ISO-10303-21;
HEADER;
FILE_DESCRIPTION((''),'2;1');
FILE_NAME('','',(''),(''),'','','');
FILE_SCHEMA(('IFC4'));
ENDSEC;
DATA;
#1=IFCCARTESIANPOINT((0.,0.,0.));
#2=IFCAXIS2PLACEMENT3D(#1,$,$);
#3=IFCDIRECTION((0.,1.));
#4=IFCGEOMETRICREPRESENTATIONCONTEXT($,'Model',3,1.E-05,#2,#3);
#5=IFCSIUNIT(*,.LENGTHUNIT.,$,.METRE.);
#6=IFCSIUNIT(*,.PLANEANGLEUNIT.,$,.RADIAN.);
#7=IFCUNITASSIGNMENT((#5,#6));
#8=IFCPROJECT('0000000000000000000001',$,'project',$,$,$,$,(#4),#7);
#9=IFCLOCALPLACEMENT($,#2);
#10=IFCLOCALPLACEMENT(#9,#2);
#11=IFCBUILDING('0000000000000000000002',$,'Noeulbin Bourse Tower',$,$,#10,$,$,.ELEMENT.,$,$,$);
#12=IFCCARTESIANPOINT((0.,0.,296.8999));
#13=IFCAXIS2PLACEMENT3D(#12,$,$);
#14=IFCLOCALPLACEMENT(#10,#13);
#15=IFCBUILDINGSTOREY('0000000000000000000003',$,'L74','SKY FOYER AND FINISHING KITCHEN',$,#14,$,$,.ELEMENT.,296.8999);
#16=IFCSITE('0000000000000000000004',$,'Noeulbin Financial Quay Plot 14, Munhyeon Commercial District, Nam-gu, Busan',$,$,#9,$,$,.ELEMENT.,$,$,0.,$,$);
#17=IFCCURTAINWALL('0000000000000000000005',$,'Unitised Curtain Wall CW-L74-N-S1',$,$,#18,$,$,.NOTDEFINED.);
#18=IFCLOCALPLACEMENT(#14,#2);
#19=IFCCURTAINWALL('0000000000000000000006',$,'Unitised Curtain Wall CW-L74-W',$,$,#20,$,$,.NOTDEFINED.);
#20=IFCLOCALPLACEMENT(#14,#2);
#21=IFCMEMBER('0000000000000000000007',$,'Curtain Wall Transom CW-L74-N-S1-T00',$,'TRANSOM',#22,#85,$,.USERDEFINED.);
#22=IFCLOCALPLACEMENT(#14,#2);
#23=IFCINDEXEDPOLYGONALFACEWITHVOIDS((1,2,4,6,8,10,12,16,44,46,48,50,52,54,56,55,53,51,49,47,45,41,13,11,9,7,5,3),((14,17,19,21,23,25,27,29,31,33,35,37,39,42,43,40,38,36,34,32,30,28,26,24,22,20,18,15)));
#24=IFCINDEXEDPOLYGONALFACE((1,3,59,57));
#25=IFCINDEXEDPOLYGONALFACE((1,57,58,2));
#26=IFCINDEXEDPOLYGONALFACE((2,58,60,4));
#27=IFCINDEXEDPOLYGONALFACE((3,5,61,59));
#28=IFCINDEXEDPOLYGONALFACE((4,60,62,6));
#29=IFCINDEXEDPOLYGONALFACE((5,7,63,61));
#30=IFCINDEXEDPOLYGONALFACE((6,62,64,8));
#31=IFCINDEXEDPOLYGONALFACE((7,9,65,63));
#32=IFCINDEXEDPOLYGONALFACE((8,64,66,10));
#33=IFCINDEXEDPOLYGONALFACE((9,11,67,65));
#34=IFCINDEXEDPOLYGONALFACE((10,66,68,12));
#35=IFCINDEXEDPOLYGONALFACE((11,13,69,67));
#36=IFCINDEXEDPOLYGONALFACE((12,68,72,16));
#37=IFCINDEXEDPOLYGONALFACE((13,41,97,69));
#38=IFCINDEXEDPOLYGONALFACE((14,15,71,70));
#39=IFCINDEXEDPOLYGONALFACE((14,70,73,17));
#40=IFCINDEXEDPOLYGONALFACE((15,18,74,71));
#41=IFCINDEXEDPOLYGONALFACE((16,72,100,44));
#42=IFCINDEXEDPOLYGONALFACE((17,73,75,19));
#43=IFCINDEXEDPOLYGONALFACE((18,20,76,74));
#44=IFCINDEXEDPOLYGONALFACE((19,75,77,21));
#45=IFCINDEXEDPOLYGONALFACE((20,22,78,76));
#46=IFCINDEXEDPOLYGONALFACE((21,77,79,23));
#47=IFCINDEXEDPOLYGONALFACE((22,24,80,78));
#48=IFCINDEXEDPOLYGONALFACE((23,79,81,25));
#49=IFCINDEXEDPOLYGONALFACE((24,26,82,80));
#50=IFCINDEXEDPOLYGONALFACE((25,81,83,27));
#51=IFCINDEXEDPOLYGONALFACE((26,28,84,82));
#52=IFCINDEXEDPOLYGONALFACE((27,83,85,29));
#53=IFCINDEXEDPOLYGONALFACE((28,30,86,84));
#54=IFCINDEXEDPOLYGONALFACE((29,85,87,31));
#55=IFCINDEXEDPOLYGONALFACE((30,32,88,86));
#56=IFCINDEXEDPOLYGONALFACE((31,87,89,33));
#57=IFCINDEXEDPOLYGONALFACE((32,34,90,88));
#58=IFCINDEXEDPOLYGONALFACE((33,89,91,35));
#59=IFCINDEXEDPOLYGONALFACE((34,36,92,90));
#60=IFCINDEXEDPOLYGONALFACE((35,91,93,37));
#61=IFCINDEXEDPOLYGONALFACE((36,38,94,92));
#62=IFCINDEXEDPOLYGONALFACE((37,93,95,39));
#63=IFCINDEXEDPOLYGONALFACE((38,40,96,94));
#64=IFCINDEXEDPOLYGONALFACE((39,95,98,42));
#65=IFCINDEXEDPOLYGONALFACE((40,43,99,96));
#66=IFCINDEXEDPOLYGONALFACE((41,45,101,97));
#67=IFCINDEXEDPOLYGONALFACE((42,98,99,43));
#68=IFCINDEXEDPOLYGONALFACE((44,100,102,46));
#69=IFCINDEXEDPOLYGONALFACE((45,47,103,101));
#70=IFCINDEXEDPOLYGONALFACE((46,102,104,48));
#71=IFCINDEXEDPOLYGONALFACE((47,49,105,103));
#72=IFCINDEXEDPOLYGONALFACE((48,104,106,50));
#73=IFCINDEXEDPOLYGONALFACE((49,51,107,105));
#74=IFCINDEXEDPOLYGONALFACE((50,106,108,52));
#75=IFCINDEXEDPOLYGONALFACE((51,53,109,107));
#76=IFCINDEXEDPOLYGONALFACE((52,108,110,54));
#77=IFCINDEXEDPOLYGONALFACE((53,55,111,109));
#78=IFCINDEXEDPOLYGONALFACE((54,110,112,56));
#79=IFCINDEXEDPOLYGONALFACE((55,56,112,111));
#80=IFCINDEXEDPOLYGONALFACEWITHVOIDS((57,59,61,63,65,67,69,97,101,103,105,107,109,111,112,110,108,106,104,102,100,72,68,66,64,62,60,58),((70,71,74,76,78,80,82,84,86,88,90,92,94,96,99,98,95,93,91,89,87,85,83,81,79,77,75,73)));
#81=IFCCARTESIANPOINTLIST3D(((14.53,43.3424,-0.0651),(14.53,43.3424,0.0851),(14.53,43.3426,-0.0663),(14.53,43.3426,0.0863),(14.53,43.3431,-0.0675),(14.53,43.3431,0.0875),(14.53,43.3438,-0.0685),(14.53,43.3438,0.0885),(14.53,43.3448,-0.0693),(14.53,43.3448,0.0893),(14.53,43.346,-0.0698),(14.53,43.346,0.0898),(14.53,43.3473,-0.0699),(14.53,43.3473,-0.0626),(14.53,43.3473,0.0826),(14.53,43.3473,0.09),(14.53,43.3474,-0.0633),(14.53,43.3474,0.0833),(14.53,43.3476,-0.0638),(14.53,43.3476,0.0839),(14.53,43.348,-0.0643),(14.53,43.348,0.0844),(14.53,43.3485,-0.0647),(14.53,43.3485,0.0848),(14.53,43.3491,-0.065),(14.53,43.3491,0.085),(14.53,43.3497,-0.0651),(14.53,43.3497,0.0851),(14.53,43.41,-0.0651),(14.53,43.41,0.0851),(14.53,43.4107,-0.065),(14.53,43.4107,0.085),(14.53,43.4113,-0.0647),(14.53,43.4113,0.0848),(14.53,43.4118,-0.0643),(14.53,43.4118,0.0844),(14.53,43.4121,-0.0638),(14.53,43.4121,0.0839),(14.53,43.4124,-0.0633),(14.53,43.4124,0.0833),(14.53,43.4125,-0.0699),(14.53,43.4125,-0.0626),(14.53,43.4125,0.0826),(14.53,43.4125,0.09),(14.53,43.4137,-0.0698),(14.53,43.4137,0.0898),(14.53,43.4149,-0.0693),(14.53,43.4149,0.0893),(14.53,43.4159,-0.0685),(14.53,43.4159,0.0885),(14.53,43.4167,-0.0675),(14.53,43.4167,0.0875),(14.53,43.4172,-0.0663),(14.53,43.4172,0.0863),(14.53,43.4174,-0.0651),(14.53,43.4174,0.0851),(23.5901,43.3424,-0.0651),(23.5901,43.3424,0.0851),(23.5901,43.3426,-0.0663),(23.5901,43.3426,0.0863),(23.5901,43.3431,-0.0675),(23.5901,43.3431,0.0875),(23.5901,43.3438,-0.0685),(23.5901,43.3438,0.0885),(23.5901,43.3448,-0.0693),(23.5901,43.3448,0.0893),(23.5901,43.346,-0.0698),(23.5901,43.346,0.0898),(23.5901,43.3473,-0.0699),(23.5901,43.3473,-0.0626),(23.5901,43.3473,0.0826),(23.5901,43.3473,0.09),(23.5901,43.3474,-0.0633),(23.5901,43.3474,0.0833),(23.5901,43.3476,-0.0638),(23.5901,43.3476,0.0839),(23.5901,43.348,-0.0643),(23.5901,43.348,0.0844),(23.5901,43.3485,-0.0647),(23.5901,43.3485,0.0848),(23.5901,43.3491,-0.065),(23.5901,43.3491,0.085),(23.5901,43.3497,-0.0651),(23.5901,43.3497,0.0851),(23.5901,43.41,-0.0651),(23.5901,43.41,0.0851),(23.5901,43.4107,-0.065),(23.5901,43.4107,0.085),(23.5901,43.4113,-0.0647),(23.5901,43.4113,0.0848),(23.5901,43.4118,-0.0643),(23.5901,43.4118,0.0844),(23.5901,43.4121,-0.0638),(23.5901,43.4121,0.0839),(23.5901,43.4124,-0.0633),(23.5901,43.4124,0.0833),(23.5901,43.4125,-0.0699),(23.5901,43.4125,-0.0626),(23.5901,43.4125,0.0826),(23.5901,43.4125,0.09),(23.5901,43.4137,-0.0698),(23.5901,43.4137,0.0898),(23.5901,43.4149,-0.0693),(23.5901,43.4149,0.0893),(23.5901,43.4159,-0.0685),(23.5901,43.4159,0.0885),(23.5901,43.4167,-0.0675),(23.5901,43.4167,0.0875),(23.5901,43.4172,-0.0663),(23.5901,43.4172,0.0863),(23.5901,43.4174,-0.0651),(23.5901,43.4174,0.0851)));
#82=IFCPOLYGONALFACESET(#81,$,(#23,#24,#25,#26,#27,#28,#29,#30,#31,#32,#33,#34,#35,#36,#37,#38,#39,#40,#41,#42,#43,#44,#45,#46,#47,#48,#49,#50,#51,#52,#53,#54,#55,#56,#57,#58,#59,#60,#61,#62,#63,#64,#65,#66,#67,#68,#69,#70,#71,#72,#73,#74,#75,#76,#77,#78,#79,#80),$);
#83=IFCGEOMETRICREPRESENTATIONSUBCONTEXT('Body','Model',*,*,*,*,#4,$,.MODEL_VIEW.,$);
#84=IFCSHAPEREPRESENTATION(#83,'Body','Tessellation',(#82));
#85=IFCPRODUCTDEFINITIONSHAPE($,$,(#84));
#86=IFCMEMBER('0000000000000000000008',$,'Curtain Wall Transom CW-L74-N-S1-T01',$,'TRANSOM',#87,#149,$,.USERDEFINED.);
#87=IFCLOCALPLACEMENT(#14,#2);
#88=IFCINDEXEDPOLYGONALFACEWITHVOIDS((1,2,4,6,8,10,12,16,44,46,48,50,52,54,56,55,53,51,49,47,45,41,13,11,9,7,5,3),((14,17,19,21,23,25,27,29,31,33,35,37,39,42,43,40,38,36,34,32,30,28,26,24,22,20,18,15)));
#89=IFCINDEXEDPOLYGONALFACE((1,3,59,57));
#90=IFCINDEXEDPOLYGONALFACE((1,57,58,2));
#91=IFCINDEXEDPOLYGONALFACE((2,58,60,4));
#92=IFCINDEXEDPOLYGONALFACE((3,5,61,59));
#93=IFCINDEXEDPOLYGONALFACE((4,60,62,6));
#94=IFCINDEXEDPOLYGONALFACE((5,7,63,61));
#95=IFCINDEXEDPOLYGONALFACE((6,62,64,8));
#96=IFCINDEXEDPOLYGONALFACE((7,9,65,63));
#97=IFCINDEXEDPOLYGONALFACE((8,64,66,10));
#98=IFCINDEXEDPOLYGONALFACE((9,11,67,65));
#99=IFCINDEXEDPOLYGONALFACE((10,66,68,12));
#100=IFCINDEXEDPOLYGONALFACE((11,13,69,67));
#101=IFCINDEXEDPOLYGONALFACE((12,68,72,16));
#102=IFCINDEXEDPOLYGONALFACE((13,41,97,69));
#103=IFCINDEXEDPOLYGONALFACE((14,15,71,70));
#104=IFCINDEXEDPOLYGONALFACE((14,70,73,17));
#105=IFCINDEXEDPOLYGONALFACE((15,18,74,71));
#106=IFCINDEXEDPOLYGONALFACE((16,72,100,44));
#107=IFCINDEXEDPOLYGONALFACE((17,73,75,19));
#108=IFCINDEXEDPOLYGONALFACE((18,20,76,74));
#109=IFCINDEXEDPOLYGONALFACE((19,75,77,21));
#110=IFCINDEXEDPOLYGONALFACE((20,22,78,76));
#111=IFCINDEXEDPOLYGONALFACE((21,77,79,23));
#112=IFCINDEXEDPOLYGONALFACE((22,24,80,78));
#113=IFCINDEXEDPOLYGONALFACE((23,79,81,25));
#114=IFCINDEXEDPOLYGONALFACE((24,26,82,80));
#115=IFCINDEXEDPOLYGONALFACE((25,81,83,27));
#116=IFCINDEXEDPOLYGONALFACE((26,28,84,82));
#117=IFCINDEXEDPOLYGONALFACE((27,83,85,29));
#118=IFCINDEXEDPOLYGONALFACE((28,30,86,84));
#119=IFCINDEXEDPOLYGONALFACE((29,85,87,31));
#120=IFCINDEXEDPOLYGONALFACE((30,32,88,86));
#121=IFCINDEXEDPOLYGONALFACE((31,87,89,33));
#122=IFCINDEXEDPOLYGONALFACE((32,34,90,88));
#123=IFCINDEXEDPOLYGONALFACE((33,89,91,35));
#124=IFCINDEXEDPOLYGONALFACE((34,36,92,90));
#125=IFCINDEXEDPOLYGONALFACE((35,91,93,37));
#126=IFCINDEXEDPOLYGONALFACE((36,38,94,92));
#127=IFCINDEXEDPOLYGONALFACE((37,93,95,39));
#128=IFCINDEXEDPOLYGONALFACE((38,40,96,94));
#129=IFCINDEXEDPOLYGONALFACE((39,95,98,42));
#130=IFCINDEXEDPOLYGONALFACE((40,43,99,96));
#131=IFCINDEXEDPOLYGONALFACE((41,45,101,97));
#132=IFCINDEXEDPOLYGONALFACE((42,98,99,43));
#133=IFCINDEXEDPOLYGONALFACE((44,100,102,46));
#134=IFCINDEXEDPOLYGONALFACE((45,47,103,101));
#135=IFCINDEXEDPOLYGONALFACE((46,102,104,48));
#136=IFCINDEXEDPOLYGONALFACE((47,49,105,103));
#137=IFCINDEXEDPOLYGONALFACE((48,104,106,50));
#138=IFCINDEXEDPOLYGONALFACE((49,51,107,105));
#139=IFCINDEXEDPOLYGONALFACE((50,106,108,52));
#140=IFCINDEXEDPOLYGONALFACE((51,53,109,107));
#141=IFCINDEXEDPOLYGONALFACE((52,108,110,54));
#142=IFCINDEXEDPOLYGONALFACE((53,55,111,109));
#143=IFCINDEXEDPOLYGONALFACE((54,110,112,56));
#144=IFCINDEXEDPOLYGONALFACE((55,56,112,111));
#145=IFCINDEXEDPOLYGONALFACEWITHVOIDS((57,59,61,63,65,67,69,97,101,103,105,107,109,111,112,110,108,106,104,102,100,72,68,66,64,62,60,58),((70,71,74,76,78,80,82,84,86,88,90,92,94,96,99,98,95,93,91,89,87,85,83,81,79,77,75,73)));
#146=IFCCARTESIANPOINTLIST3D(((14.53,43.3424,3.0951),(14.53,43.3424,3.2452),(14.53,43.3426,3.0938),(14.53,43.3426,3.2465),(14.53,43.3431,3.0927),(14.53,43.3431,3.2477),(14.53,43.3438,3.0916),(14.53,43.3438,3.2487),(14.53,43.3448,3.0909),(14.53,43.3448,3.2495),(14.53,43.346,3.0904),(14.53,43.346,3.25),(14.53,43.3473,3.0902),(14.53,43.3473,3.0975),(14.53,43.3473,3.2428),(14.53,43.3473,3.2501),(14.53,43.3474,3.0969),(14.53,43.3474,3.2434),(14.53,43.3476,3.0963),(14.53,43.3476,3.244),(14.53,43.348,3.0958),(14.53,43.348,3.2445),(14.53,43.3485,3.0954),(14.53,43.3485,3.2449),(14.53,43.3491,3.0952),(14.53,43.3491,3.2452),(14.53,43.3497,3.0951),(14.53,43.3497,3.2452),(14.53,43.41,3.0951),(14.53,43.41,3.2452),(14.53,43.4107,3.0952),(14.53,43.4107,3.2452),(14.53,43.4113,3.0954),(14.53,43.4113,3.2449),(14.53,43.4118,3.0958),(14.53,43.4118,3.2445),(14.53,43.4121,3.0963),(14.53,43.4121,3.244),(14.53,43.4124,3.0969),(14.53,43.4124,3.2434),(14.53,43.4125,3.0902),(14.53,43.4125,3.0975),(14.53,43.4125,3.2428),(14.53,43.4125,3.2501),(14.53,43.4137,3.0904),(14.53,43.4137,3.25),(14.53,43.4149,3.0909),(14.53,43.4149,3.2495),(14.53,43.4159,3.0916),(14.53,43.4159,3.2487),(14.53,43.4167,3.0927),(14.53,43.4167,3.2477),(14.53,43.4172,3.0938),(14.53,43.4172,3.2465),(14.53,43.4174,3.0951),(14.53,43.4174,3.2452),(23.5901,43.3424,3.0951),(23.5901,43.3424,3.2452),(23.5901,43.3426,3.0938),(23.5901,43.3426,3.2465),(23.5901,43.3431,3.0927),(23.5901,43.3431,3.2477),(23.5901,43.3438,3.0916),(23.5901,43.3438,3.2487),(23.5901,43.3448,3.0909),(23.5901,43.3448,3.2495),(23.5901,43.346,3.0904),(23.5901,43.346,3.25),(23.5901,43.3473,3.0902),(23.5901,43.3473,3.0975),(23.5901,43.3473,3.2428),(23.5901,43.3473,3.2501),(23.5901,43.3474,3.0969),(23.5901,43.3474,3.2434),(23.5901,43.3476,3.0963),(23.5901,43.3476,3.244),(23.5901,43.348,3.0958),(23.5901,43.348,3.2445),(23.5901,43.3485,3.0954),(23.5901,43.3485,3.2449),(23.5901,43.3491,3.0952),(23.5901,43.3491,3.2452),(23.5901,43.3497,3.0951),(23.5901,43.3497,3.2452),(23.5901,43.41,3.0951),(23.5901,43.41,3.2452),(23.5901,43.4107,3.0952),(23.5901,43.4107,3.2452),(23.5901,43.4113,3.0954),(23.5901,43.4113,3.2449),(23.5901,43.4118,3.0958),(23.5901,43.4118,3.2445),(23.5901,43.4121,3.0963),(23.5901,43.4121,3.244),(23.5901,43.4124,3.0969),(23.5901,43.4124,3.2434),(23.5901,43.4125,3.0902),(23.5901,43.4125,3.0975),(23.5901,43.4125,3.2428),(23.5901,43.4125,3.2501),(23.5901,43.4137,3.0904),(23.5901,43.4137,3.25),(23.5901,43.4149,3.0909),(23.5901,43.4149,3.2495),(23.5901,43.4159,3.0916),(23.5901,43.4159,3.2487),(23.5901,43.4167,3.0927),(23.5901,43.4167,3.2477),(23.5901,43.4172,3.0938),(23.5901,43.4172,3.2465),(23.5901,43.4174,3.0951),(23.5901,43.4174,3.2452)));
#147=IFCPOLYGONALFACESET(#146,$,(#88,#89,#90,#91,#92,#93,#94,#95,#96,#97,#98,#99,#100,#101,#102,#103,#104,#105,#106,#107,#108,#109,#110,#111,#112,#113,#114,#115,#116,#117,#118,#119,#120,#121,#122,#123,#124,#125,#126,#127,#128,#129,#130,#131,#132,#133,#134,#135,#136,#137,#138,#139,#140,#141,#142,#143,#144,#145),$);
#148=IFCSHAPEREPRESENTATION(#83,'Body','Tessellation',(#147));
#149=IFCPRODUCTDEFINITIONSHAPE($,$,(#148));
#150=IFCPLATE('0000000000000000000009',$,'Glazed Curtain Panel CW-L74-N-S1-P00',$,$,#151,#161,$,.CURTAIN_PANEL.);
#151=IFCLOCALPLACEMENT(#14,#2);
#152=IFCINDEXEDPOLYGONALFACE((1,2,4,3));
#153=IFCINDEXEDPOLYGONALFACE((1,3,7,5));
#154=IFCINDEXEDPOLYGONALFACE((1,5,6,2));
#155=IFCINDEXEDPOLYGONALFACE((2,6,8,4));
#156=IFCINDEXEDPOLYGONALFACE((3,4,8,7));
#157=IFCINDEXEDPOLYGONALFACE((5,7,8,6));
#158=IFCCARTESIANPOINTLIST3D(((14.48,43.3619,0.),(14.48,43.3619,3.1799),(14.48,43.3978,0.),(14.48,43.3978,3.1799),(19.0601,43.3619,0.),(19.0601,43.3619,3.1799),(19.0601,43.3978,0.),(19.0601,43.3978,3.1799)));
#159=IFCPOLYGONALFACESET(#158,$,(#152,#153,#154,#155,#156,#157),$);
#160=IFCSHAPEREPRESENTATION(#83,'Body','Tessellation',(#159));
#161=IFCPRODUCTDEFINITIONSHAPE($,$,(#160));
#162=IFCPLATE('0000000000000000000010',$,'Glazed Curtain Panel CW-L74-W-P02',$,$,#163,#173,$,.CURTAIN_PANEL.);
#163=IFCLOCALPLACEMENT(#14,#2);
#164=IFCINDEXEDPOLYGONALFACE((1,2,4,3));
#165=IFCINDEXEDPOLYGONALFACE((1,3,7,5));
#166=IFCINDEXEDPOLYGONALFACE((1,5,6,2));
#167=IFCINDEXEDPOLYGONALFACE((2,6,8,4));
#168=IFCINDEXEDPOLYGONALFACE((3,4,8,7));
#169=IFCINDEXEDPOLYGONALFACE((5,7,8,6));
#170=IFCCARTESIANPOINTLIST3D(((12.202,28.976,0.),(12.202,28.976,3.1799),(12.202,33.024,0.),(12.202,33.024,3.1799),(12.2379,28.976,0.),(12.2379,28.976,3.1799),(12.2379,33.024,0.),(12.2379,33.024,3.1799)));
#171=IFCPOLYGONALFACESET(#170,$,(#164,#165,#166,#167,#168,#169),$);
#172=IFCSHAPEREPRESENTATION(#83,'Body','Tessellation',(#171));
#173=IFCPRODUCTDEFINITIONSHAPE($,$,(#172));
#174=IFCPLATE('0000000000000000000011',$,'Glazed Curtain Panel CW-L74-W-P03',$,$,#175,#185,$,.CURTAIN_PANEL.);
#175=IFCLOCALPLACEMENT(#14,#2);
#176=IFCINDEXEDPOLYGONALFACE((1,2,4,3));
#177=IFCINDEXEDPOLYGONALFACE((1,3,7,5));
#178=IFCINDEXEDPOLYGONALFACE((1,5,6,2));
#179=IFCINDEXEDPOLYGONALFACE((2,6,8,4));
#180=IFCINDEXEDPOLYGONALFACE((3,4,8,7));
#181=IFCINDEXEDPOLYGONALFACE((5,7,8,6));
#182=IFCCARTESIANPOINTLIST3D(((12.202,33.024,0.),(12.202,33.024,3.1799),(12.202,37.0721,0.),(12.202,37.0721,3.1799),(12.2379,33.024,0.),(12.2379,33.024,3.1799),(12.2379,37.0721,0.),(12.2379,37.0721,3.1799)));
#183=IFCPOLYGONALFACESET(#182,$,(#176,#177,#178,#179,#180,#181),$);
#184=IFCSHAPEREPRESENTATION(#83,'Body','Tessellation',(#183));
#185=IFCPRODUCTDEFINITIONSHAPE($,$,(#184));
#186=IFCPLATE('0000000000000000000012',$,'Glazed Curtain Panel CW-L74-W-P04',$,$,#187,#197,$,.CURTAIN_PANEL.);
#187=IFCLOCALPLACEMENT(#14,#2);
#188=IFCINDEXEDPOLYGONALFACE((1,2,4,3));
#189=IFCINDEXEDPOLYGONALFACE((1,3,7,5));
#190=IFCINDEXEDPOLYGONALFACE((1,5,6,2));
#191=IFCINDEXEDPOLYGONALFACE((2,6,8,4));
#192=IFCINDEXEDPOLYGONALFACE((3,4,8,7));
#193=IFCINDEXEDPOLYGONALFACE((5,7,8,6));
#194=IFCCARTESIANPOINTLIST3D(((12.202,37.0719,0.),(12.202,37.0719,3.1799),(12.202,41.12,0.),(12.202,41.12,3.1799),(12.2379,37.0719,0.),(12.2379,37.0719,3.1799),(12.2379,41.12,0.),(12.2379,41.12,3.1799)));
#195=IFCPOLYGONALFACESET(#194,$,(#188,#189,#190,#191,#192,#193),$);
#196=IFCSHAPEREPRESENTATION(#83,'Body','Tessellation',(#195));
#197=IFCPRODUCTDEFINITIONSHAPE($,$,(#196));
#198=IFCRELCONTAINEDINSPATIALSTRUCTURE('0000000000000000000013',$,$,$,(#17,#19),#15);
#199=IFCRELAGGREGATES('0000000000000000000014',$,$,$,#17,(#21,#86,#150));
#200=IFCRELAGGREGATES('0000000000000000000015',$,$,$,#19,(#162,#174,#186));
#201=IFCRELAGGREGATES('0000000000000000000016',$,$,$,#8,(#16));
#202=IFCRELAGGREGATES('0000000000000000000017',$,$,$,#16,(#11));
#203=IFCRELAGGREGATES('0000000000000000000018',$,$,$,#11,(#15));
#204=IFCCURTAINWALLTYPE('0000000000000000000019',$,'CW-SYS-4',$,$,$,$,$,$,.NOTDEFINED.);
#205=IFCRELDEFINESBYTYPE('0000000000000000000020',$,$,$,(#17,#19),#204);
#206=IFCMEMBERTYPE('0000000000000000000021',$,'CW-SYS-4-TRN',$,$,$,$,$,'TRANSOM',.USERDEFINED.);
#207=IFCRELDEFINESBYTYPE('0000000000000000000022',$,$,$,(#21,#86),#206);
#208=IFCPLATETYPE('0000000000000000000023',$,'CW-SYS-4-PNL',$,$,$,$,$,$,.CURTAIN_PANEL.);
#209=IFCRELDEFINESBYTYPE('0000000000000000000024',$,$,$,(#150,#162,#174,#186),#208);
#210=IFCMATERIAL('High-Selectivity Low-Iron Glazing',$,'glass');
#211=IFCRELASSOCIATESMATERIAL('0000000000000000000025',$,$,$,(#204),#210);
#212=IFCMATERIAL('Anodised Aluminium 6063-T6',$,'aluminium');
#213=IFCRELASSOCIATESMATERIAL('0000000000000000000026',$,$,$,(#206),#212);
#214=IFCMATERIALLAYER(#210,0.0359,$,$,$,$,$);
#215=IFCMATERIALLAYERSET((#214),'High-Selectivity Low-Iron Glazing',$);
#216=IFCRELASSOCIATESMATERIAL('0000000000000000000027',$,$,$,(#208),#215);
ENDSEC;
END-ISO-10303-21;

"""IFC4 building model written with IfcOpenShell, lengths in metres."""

from ifc_helpers import new_model, si_unit, direction, frame, origin, origin_2d, place, context, subcontext, project, spatial, rectangle, hollow_rectangle, extrude, material, layer, layer_set, material_profile, profile_set, type_object, element, aggregate, save


model = new_model("IFC4")

# Units and contexts
model_context = context("Model", 3, precision=1e-05, world=origin(), true_north=direction((0.0, 1.0)))
body_context = subcontext(model_context, "Body", "Model", "MODEL_VIEW")
ifc_project = project(units=[si_unit("LENGTHUNIT", "METRE"), si_unit("PLANEANGLEUNIT", "RADIAN")], contexts=[model_context])

# Site, building, storey
site_placement = place(None, origin())
site = spatial("IfcSite", under=ifc_project, at=site_placement, Name="Noeulbin Financial Quay Plot 14, Munhyeon Commercial District, Nam-gu, Busan", CompositionType="ELEMENT", RefElevation=0.0)
building_placement = place(site_placement, origin())
building = spatial("IfcBuilding", under=site, at=building_placement, Name="Noeulbin Bourse Tower", CompositionType="ELEMENT")
storey_placement = place(building_placement, frame((0.0, 0.0, 296.8999)))
storey = spatial("IfcBuildingStorey", under=building, at=storey_placement, Name="L74", Description="SKY FOYER AND FINISHING KITCHEN", CompositionType="ELEMENT", Elevation=296.8999)

# Curtain wall
ifc_material_1 = material(Name="High-Selectivity Low-Iron Glazing", Category="glass")
curtain_wall_type = type_object("IfcCurtainWallType", Name="CW-SYS-4", PredefinedType="NOTDEFINED", material=ifc_material_1)
curtain_wall_1_placement = place(storey_placement, origin())
curtain_wall_1 = element("IfcCurtainWall", 1, at=curtain_wall_1_placement, inside=storey, type_object=curtain_wall_type, Name="Unitised Curtain Wall CW-L74-N-S1", PredefinedType="NOTDEFINED")
ifc_material_2 = material(Name="Anodised Aluminium 6063-T6", Category="aluminium")

# Curtain wall
curtain_wall_2_placement = place(storey_placement, origin())
curtain_wall_2 = element("IfcCurtainWall", 2, at=curtain_wall_2_placement, inside=storey, type_object=curtain_wall_type, Name="Unitised Curtain Wall CW-L74-W", PredefinedType="NOTDEFINED")

# Members
ifc_material_profile_1 = material_profile(ifc_material_2, hollow_rectangle(XDim=0.075, YDim=0.1599, WallThickness=0.0049, InnerFilletRadius=0.0024, OuterFilletRadius=0.0049, at=origin_2d()), Name="ALU-TRAN-75x160x5", Category="LoadBearing")
ifc_profile_set_1 = profile_set([ifc_material_profile_1], Name="Anodised Aluminium 6063-T6")
member_type_1 = type_object("IfcMemberType", Name="CW-SYS-4-TRN", ElementType="TRANSOM", PredefinedType="USERDEFINED", material=ifc_profile_set_1)
member_1_placement = place(storey_placement, frame((14.53, 43.3799, 0.01), z_axis=(1.0, 0.0, 0.0), x_axis=(0.0, 1.0, 0.0)))
member_1 = element("IfcMember", 3, at=member_1_placement, type_object=member_type_1, Name="Curtain Wall Transom CW-L74-N-S1-T00", ObjectType="TRANSOM", PredefinedType="USERDEFINED", context=body_context, shape_type="SweptSolid", body=[
    extrude(hollow_rectangle(XDim=0.075, YDim=0.1599, WallThickness=0.0049, InnerFilletRadius=0.0024, OuterFilletRadius=0.0049, at=origin_2d()), origin(), (0.0, 0.0, 1.0), 9.0601),
])
member_2_placement = place(storey_placement, frame((14.53, 43.3799, 3.1702), z_axis=(1.0, 0.0, 0.0), x_axis=(0.0, 1.0, 0.0)))
member_2 = element("IfcMember", 4, at=member_2_placement, type_object=member_type_1, Name="Curtain Wall Transom CW-L74-N-S1-T01", ObjectType="TRANSOM", PredefinedType="USERDEFINED", context=body_context, shape_type="SweptSolid", body=[
    extrude(hollow_rectangle(XDim=0.075, YDim=0.1599, WallThickness=0.0049, InnerFilletRadius=0.0024, OuterFilletRadius=0.0049, at=origin_2d()), origin(), (0.0, 0.0, 1.0), 9.0601),
])

# Plates
ifc_layer_1 = layer(ifc_material_1, 0.0359)
ifc_layer_set_1 = layer_set([ifc_layer_1], Name="High-Selectivity Low-Iron Glazing")
plate_type_1 = type_object("IfcPlateType", Name="CW-SYS-4-PNL", PredefinedType="CURTAIN_PANEL", material=ifc_layer_set_1)
plate_1_placement = place(storey_placement, frame((16.77, 43.3799, 0.0), z_axis=(0.0, 0.0, 1.0), x_axis=(1.0, 0.0, 0.0)))
plate_1 = element("IfcPlate", 5, at=plate_1_placement, type_object=plate_type_1, Name="Glazed Curtain Panel CW-L74-N-S1-P00", PredefinedType="CURTAIN_PANEL", context=body_context, shape_type="SweptSolid", body=[
    extrude(rectangle(XDim=4.5801, YDim=0.0359, at=origin_2d()), origin(), (0.0, 0.0, 1.0), 3.1799),
])
aggregate(curtain_wall_1, [member_1, member_2, plate_1])
plate_2_placement = place(storey_placement, frame((12.22, 31.0, 0.0), z_axis=(0.0, 0.0, 1.0), x_axis=(0.0, 1.0, 0.0)))
plate_2 = element("IfcPlate", 6, at=plate_2_placement, type_object=plate_type_1, Name="Glazed Curtain Panel CW-L74-W-P02", PredefinedType="CURTAIN_PANEL", context=body_context, shape_type="SweptSolid", body=[
    extrude(rectangle(XDim=4.0481, YDim=0.0359, at=origin_2d()), origin(), (0.0, 0.0, 1.0), 3.1799),
])
plate_3_placement = place(storey_placement, frame((12.22, 35.0481, 0.0), z_axis=(0.0, 0.0, 1.0), x_axis=(0.0, 1.0, 0.0)))
plate_3 = element("IfcPlate", 7, at=plate_3_placement, type_object=plate_type_1, Name="Glazed Curtain Panel CW-L74-W-P03", PredefinedType="CURTAIN_PANEL", context=body_context, shape_type="SweptSolid", body=[
    extrude(rectangle(XDim=4.0481, YDim=0.0359, at=origin_2d()), origin(), (0.0, 0.0, 1.0), 3.1799),
])
plate_4_placement = place(storey_placement, frame((12.22, 39.0959, 0.0), z_axis=(0.0, 0.0, 1.0), x_axis=(0.0, 1.0, 0.0)))
plate_4 = element("IfcPlate", 8, at=plate_4_placement, type_object=plate_type_1, Name="Glazed Curtain Panel CW-L74-W-P04", PredefinedType="CURTAIN_PANEL", context=body_context, shape_type="SweptSolid", body=[
    extrude(rectangle(XDim=4.0481, YDim=0.0359, at=origin_2d()), origin(), (0.0, 0.0, 1.0), 3.1799),
])
aggregate(curtain_wall_2, [plate_2, plate_3, plate_4])

save(model, "model.ifc")
